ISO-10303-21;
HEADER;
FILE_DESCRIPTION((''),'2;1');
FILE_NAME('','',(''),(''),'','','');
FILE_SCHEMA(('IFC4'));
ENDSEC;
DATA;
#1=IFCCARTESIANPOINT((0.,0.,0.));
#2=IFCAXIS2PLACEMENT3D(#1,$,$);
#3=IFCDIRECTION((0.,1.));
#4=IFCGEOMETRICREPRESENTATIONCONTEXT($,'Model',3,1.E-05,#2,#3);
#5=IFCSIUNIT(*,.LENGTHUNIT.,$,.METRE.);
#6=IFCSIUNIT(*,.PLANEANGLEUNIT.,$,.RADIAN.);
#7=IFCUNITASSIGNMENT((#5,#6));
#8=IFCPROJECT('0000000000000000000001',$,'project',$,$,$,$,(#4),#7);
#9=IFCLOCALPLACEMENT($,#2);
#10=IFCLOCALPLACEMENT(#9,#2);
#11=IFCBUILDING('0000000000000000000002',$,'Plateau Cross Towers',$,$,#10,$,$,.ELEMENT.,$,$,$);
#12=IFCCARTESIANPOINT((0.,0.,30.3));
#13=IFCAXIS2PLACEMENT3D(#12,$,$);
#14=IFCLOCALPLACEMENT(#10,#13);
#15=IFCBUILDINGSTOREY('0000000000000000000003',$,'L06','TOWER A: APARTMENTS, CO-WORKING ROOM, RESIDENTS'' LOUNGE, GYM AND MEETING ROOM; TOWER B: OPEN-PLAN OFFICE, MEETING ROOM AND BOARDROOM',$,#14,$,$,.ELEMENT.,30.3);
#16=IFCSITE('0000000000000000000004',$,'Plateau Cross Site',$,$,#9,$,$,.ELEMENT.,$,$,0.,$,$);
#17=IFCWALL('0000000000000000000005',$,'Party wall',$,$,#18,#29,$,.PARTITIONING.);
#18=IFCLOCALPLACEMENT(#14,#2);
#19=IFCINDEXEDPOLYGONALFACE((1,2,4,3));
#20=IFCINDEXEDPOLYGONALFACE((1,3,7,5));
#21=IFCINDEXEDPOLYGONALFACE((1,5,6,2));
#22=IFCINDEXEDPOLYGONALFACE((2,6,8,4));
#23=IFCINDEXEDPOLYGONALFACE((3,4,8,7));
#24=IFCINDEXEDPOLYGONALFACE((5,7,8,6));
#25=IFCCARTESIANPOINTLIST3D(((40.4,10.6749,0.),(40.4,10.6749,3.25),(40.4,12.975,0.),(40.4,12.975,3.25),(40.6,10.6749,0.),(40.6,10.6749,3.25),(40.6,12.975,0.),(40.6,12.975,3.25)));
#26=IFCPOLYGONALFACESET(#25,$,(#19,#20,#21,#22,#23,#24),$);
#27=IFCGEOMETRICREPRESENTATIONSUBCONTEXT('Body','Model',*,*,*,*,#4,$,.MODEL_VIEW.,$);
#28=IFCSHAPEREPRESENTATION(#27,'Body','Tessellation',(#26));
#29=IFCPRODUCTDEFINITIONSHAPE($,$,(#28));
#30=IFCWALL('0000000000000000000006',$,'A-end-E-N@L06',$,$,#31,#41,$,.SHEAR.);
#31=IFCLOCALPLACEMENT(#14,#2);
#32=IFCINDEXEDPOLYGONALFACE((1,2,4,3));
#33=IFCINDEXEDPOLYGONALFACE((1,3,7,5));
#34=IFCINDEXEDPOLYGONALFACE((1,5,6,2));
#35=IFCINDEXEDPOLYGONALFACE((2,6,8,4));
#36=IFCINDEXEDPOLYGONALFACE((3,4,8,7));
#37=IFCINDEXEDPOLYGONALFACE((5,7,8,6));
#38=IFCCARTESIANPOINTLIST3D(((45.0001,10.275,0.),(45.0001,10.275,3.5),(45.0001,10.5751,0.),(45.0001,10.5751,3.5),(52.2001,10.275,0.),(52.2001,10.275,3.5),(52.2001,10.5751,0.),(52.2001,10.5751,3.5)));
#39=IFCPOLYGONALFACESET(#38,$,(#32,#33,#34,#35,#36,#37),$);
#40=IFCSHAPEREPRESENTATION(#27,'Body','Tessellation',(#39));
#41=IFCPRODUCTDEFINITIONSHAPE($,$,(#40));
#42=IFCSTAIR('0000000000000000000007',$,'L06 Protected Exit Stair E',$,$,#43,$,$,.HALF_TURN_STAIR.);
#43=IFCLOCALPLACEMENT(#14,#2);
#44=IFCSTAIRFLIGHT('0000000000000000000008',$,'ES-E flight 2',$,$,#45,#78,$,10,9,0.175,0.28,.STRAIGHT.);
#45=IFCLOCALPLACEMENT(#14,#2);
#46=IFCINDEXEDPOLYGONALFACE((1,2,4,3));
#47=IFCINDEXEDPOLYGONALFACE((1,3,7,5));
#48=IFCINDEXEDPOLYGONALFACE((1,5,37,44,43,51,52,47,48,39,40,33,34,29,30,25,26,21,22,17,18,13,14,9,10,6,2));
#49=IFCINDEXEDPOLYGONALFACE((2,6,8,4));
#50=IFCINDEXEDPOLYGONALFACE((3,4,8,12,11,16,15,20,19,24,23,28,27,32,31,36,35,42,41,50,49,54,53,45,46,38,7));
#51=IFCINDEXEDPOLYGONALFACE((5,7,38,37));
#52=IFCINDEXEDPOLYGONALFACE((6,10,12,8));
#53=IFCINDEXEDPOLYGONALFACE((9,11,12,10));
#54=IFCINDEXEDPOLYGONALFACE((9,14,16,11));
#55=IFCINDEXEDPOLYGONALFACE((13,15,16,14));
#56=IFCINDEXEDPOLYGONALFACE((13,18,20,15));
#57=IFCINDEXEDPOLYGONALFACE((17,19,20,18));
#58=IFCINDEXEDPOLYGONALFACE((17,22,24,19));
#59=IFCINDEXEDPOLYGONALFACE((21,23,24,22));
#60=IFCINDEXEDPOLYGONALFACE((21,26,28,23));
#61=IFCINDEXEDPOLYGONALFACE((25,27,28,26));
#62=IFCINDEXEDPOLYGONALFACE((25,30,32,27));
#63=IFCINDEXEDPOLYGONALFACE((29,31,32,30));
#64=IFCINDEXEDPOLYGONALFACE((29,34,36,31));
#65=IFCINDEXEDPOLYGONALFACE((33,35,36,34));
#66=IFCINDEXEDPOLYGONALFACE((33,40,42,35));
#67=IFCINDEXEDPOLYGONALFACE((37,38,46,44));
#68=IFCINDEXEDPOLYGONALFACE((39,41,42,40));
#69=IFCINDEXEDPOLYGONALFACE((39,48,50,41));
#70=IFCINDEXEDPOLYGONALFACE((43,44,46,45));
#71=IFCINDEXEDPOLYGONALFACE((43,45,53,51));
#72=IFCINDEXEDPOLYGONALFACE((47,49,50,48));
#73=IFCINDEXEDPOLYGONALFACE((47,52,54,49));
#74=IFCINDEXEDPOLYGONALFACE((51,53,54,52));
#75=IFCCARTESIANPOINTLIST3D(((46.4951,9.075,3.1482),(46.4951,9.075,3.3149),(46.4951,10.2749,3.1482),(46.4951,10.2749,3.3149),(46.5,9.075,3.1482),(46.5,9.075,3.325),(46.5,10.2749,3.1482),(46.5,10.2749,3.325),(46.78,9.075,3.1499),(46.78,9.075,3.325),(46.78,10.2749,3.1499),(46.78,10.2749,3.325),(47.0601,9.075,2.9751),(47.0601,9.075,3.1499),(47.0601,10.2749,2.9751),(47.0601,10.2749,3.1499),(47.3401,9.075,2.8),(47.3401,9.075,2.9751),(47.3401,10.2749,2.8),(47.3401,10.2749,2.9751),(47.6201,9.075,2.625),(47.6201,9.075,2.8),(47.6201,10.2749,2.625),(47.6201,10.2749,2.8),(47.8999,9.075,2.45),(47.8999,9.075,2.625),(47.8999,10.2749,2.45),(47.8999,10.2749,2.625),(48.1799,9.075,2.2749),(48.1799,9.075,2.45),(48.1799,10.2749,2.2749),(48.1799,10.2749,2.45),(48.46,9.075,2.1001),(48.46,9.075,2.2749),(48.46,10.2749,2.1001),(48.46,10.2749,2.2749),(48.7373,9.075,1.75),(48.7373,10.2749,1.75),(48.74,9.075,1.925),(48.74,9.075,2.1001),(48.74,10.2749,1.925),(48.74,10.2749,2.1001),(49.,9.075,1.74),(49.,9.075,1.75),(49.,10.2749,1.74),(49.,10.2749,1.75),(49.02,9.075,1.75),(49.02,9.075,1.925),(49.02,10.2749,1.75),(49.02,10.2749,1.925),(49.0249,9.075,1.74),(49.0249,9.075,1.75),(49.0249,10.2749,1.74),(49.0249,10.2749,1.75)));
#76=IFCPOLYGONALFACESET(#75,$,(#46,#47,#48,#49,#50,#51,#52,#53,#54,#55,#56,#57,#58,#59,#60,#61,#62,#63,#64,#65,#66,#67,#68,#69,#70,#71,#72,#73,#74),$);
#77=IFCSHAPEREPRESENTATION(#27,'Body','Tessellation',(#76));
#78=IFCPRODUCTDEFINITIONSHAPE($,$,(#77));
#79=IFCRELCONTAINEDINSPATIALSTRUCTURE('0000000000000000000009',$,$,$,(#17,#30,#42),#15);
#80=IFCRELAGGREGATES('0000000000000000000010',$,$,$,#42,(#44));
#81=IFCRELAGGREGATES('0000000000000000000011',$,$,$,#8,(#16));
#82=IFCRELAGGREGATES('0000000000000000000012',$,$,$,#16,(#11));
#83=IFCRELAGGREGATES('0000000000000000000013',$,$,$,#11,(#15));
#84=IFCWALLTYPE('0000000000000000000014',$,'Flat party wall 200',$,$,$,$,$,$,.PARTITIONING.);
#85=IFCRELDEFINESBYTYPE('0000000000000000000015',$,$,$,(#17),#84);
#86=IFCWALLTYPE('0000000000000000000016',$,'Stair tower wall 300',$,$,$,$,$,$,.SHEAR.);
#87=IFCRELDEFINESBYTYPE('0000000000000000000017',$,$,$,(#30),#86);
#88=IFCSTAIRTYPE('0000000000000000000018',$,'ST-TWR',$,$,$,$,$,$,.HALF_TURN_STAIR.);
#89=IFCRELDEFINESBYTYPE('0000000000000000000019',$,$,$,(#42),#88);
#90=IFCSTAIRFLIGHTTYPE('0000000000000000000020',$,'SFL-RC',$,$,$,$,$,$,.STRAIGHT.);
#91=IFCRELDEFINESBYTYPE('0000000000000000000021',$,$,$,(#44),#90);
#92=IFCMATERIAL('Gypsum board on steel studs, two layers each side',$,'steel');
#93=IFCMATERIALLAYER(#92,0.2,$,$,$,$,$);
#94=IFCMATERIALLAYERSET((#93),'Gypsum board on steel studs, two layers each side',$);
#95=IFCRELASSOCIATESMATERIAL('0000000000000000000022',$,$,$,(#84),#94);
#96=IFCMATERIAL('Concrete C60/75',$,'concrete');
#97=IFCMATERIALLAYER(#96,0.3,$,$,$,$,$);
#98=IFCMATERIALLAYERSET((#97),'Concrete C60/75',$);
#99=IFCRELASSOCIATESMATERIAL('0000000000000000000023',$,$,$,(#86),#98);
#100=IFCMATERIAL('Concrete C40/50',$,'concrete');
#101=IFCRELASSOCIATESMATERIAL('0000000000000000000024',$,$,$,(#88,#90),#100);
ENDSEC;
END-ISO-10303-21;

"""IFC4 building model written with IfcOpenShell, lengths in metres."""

from ifc_helpers import new_model, si_unit, direction, frame, frame_2d, origin, place, context, subcontext, project, spatial, polyline, rectangle, outline, extrude, material, layer, layer_set, type_object, element, aggregate, save


model = new_model("IFC4")

# Units and contexts
model_context = context("Model", 3, precision=1e-05, world=origin(), true_north=direction((0.0, 1.0)))
body_context = subcontext(model_context, "Body", "Model", "MODEL_VIEW")
ifc_project = project(units=[si_unit("LENGTHUNIT", "METRE"), si_unit("PLANEANGLEUNIT", "RADIAN")], contexts=[model_context])

# Site, building, storey
site_placement = place(None, origin())
site = spatial("IfcSite", under=ifc_project, at=site_placement, Name="Plateau Cross Site", CompositionType="ELEMENT", RefElevation=0.0)
building_placement = place(site_placement, origin())
building = spatial("IfcBuilding", under=site, at=building_placement, Name="Plateau Cross Towers", CompositionType="ELEMENT")
storey_placement = place(building_placement, frame((0.0, 0.0, 30.3)))
storey = spatial("IfcBuildingStorey", under=building, at=storey_placement, Name="L06", Description="TOWER A: APARTMENTS, CO-WORKING ROOM, RESIDENTS' LOUNGE, GYM AND MEETING ROOM; TOWER B: OPEN-PLAN OFFICE, MEETING ROOM AND BOARDROOM", CompositionType="ELEMENT", Elevation=30.3)

# Shared definitions
ifc_material_1 = material(Name="Concrete C60/75", Category="concrete")

# Walls
ifc_material_2 = material(Name="Gypsum board on steel studs, two layers each side", Category="steel")
ifc_layer_1 = layer(ifc_material_2, 0.2)
ifc_layer_set_1 = layer_set([ifc_layer_1], Name="Gypsum board on steel studs, two layers each side")
wall_type_1 = type_object("IfcWallType", Name="Flat party wall 200", PredefinedType="PARTITIONING", material=ifc_layer_set_1)
wall_1_placement = place(storey_placement, frame((40.5, 10.675, 0.0), z_axis=(0.0, 0.0, 1.0), x_axis=(0.0, 1.0, 0.0)))
element("IfcWall", 1, at=wall_1_placement, inside=storey, type_object=wall_type_1, Name="Party wall", PredefinedType="PARTITIONING", context=body_context, shape_type="SweptSolid", body=[
    extrude(rectangle(XDim=2.3, YDim=0.2, at=frame_2d((1.1499, 0.0))), origin(), (0.0, 0.0, 1.0), 3.25),
])
ifc_layer_2 = layer(ifc_material_1, 0.3)
ifc_layer_set_2 = layer_set([ifc_layer_2], Name="Concrete C60/75")
wall_type_2 = type_object("IfcWallType", Name="Stair tower wall 300", PredefinedType="SHEAR", material=ifc_layer_set_2)
wall_2_placement = place(storey_placement, frame((45.0, 10.425, 0.0), z_axis=(0.0, 0.0, 1.0), x_axis=(1.0, 0.0, 0.0)))
element("IfcWall", 2, at=wall_2_placement, inside=storey, type_object=wall_type_2, Name="A-end-E-N@L06", PredefinedType="SHEAR", context=body_context, shape_type="SweptSolid", body=[
    extrude(rectangle(XDim=7.2, YDim=0.3, at=frame_2d((3.6001, 0.0))), origin(), (0.0, 0.0, 1.0), 3.5),
])

# Stair, stair flight
ifc_material_3 = material(Name="Concrete C40/50", Category="concrete")
stair_type = type_object("IfcStairType", Name="ST-TWR", PredefinedType="HALF_TURN_STAIR", material=ifc_material_3)
stair_placement = place(storey_placement, origin())
stair = element("IfcStair", 3, at=stair_placement, inside=storey, type_object=stair_type, Name="L06 Protected Exit Stair E", PredefinedType="HALF_TURN_STAIR")
stair_flight_type = type_object("IfcStairFlightType", Name="SFL-RC", PredefinedType="STRAIGHT", material=ifc_material_3)
stair_flight_placement = place(storey_placement, frame((49.02, 9.675, 1.75), z_axis=(0.0, 0.0, 1.0), x_axis=(-1.0, 0.0, 0.0)))
stair_flight = element("IfcStairFlight", 4, at=stair_flight_placement, type_object=stair_flight_type, Name="ES-E flight 2", NumberOfRisers=10, NumberOfTreads=9, PredefinedType="STRAIGHT", RiserHeight=0.175, TreadLength=0.28, context=body_context, shape_type="SweptSolid", body=[
    extrude(outline(polyline([(-0.0049, -0.01), (-0.0049, 0.0), (0.0, 0.0), (0.0, 0.175), (0.28, 0.175), (0.28, 0.3501), (0.5601, 0.3501), (0.5601, 0.5249), (0.8401, 0.5249), (0.8401, 0.7), (1.1201, 0.7), (1.1201, 0.875), (1.3999, 0.875), (1.3999, 1.05), (1.6799, 1.05), (1.6799, 1.2251), (1.96, 1.2251), (1.96, 1.3999), (2.24, 1.3999), (2.24, 1.575), (2.52, 1.575), (2.5249, 1.5649), (2.5249, 1.3982), (2.52, 1.3982), (0.2827, 0.0), (0.02, 0.0), (0.02, -0.01), (-0.0049, -0.01)])), frame((0.0, 0.6001, 0.0), z_axis=(0.0, -1.0, 0.0), x_axis=(1.0, 0.0, 0.0)), (0.0, 0.0, 1.0), 1.2),
])
aggregate(stair, [stair_flight])

save(model, "model.ifc")
